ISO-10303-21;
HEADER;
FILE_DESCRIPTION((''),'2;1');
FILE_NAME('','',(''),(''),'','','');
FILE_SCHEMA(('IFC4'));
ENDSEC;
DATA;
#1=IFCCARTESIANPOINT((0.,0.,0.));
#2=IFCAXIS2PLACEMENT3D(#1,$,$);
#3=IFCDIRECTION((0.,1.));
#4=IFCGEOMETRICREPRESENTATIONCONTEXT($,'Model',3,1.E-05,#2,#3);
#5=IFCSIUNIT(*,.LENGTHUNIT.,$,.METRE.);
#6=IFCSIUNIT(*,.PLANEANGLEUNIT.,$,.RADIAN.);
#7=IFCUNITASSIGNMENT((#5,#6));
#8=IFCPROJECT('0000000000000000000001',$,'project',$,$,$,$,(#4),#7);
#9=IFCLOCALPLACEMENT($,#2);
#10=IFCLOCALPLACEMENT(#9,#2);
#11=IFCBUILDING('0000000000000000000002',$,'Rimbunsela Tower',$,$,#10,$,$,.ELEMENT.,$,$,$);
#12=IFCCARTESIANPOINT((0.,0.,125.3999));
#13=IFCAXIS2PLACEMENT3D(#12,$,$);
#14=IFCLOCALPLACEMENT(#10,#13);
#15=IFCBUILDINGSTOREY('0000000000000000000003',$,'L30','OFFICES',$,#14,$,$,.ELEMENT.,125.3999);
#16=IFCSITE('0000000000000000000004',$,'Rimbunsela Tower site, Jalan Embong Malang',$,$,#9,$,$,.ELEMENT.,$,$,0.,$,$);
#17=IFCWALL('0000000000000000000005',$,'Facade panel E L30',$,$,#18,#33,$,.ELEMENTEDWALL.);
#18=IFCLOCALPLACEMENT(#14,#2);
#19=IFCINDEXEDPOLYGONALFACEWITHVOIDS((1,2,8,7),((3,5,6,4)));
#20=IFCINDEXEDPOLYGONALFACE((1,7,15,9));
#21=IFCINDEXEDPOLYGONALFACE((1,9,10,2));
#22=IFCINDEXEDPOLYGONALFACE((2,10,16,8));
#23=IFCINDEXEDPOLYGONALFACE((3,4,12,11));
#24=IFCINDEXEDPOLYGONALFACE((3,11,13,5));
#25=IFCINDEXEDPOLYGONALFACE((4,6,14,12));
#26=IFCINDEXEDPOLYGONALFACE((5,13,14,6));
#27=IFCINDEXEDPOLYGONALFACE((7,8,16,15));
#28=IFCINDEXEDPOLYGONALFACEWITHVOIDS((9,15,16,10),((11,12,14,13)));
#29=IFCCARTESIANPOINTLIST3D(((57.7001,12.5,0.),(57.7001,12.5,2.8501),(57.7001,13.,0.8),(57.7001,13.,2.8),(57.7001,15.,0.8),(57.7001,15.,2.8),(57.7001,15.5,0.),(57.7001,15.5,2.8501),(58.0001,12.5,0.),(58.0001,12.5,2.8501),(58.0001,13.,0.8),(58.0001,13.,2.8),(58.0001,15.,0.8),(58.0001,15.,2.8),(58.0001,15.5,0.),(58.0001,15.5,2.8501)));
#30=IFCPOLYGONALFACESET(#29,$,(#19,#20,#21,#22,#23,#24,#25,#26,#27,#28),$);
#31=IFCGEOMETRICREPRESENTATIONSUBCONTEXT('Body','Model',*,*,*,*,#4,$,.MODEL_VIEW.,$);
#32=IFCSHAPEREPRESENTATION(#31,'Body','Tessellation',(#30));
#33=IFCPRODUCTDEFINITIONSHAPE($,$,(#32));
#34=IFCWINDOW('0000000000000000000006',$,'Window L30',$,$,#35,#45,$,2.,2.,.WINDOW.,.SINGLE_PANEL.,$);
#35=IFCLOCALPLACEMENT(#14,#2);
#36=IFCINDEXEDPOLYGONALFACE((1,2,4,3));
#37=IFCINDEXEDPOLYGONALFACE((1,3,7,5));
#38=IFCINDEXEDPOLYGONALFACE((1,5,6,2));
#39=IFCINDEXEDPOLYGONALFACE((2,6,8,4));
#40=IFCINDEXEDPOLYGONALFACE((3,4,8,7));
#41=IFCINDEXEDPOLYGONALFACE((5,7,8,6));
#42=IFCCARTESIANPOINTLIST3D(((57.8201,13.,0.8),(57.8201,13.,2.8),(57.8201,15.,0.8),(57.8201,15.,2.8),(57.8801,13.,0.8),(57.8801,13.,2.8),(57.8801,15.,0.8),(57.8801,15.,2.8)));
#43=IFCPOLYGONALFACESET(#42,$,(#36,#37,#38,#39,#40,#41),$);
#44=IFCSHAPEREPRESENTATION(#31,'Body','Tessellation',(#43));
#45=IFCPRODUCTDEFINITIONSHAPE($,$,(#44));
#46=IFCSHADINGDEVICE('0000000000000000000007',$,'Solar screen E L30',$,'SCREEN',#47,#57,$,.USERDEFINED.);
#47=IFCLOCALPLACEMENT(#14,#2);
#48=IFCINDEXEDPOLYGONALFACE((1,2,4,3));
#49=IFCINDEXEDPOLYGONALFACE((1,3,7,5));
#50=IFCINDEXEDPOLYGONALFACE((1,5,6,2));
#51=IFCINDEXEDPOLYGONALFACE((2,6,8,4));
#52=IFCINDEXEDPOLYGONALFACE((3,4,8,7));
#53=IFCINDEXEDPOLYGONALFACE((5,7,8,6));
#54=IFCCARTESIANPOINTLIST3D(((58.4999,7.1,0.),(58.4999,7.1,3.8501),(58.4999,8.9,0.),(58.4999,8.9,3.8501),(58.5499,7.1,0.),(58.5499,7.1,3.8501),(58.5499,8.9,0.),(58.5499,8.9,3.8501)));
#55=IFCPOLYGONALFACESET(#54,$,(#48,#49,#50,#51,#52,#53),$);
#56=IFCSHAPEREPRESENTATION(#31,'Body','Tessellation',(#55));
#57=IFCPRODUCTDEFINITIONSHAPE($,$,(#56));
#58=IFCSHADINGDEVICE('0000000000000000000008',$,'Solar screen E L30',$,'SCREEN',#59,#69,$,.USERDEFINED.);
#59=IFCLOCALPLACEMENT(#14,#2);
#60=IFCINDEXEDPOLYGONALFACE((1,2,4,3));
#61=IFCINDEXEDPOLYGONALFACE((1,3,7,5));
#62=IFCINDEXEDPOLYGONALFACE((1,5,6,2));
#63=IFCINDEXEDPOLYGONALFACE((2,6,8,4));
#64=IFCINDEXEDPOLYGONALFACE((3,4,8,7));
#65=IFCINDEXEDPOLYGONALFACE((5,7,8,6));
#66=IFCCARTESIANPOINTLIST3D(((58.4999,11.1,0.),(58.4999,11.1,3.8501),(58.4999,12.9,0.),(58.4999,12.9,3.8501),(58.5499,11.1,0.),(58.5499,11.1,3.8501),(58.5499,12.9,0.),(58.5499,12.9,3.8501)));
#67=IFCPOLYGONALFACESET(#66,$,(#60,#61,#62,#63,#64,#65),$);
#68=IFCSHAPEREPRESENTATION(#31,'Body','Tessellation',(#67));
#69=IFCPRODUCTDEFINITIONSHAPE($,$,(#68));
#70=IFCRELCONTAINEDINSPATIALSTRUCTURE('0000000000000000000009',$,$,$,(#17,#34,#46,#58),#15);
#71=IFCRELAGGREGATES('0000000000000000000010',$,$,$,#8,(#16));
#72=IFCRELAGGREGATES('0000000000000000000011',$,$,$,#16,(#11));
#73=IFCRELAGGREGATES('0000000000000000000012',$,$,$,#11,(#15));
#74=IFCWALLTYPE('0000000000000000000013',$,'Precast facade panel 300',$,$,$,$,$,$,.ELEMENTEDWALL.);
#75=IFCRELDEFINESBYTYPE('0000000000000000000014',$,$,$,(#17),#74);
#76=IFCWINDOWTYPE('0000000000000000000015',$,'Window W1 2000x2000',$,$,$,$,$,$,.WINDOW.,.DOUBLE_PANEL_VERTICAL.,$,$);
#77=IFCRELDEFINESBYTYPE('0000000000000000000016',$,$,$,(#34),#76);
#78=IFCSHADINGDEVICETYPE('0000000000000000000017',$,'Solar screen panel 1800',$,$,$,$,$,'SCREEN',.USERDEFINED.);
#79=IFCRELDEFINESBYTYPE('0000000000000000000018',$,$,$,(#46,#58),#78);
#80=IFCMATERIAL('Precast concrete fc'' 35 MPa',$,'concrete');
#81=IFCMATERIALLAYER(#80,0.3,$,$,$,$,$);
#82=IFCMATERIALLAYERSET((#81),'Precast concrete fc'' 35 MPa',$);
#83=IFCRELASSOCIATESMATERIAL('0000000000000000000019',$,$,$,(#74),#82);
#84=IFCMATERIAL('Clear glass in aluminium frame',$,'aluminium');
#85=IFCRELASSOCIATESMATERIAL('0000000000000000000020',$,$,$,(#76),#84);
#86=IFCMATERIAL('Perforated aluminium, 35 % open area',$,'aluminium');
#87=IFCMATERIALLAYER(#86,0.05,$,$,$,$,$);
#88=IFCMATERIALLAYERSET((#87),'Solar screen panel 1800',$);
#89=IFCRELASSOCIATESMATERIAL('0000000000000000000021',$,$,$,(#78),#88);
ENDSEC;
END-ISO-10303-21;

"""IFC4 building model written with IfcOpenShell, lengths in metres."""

from ifc_helpers import new_model, si_unit, direction, frame, frame_2d, origin, origin_2d, place, context, subcontext, project, spatial, rectangle, extrude, material, layer, layer_set, type_object, element, fill, save


model = new_model("IFC4")

# Units and contexts
model_context = context("Model", 3, precision=1e-05, world=origin(), true_north=direction((0.0, 1.0)))
body_context = subcontext(model_context, "Body", "Model", "MODEL_VIEW")
ifc_project = project(units=[si_unit("LENGTHUNIT", "METRE"), si_unit("PLANEANGLEUNIT", "RADIAN")], contexts=[model_context])

# Site, building, storey
site_placement = place(None, origin())
site = spatial("IfcSite", under=ifc_project, at=site_placement, Name="Rimbunsela Tower site, Jalan Embong Malang", CompositionType="ELEMENT", RefElevation=0.0)
building_placement = place(site_placement, origin())
building = spatial("IfcBuilding", under=site, at=building_placement, Name="Rimbunsela Tower", CompositionType="ELEMENT")
storey_placement = place(building_placement, frame((0.0, 0.0, 125.3999)))
storey = spatial("IfcBuildingStorey", under=building, at=storey_placement, Name="L30", Description="OFFICES", CompositionType="ELEMENT", Elevation=125.3999)

# Shared definitions
ifc_material_1 = material(Name="Precast concrete fc' 35 MPa", Category="concrete")
ifc_layer_1 = layer(ifc_material_1, 0.3)
ifc_layer_set_1 = layer_set([ifc_layer_1], Name="Precast concrete fc' 35 MPa")
wall_type = type_object("IfcWallType", Name="Precast facade panel 300", PredefinedType="ELEMENTEDWALL", material=ifc_layer_set_1)

# Wall, opening, window
ifc_material_2 = material(Name="Clear glass in aluminium frame", Category="aluminium")
window_type = type_object("IfcWindowType", Name="Window W1 2000x2000", PartitioningType="DOUBLE_PANEL_VERTICAL", PredefinedType="WINDOW", material=ifc_material_2)
wall_1_placement = place(storey_placement, frame((57.8501, 12.5, 0.0), z_axis=(0.0, 0.0, 1.0), x_axis=(0.0, 1.0, 0.0)))
wall_1 = element("IfcWall", 1, at=wall_1_placement, inside=storey, type_object=wall_type, Name="Facade panel E L30", PredefinedType="ELEMENTEDWALL", context=body_context, shape_type="SweptSolid", body=[
    extrude(rectangle(XDim=3.0, YDim=0.3, at=frame_2d((1.5, 0.0))), origin(), (0.0, 0.0, 1.0), 2.8501),
])
opening_1_placement = place(wall_1_placement, frame((0.5, 0.0, 0.8)))
opening_1 = element("IfcOpeningElement", 2, at=opening_1_placement, cuts=wall_1, PredefinedType="OPENING", context=body_context, shape_type="SweptSolid", body=[
    extrude(rectangle(XDim=2.0, YDim=2.0, at=frame_2d((1.0, 1.0))), frame((0.0, 0.1599, 0.0), z_axis=(0.0, -1.0, 0.0), x_axis=(1.0, 0.0, 0.0)), (0.0, 0.0, 1.0), 0.3201),
])
window_1_placement = place(opening_1_placement, origin())
window_1 = element("IfcWindow", 3, at=window_1_placement, inside=storey, type_object=window_type, Name="Window L30", OverallHeight=2.0, OverallWidth=2.0, PartitioningType="SINGLE_PANEL", PredefinedType="WINDOW", context=body_context, shape_type="SweptSolid", body=[
    extrude(rectangle(XDim=2.0, YDim=2.0, at=frame_2d((1.0, 1.0))), frame((0.0, 0.03, 0.0), z_axis=(0.0, -1.0, 0.0), x_axis=(1.0, 0.0, 0.0)), (0.0, 0.0, 1.0), 0.0601),
])
fill(opening_1, window_1)

# Shading devices
ifc_material_3 = material(Name="Perforated aluminium, 35 % open area", Category="aluminium")
ifc_layer_2 = layer(ifc_material_3, 0.05)
ifc_layer_set_2 = layer_set([ifc_layer_2], Name="Solar screen panel 1800")
shading_device_type = type_object("IfcShadingDeviceType", Name="Solar screen panel 1800", ElementType="SCREEN", PredefinedType="USERDEFINED", material=ifc_layer_set_2)
for number, where, z_axis, x_axis, name in (
    (4, (58.5249, 8.0, 0.0), (0.0, 0.0, 1.0), (0.0, 1.0, 0.0), "Solar screen E L30"),
    (5, (58.5249, 12.0, 0.0), (0.0, 0.0, 1.0), (0.0, 1.0, 0.0), "Solar screen E L30"),
):
    element("IfcShadingDevice", number, at=place(storey_placement, frame(where, z_axis=z_axis, x_axis=x_axis)), inside=storey, type_object=shading_device_type, Name=name, ObjectType="SCREEN", PredefinedType="USERDEFINED", context=body_context, shape_type="SweptSolid", body=[
        extrude(rectangle(XDim=1.8, YDim=0.05, at=origin_2d()), origin(), (0.0, 0.0, 1.0), 3.8501),
    ])

save(model, "model.ifc")
